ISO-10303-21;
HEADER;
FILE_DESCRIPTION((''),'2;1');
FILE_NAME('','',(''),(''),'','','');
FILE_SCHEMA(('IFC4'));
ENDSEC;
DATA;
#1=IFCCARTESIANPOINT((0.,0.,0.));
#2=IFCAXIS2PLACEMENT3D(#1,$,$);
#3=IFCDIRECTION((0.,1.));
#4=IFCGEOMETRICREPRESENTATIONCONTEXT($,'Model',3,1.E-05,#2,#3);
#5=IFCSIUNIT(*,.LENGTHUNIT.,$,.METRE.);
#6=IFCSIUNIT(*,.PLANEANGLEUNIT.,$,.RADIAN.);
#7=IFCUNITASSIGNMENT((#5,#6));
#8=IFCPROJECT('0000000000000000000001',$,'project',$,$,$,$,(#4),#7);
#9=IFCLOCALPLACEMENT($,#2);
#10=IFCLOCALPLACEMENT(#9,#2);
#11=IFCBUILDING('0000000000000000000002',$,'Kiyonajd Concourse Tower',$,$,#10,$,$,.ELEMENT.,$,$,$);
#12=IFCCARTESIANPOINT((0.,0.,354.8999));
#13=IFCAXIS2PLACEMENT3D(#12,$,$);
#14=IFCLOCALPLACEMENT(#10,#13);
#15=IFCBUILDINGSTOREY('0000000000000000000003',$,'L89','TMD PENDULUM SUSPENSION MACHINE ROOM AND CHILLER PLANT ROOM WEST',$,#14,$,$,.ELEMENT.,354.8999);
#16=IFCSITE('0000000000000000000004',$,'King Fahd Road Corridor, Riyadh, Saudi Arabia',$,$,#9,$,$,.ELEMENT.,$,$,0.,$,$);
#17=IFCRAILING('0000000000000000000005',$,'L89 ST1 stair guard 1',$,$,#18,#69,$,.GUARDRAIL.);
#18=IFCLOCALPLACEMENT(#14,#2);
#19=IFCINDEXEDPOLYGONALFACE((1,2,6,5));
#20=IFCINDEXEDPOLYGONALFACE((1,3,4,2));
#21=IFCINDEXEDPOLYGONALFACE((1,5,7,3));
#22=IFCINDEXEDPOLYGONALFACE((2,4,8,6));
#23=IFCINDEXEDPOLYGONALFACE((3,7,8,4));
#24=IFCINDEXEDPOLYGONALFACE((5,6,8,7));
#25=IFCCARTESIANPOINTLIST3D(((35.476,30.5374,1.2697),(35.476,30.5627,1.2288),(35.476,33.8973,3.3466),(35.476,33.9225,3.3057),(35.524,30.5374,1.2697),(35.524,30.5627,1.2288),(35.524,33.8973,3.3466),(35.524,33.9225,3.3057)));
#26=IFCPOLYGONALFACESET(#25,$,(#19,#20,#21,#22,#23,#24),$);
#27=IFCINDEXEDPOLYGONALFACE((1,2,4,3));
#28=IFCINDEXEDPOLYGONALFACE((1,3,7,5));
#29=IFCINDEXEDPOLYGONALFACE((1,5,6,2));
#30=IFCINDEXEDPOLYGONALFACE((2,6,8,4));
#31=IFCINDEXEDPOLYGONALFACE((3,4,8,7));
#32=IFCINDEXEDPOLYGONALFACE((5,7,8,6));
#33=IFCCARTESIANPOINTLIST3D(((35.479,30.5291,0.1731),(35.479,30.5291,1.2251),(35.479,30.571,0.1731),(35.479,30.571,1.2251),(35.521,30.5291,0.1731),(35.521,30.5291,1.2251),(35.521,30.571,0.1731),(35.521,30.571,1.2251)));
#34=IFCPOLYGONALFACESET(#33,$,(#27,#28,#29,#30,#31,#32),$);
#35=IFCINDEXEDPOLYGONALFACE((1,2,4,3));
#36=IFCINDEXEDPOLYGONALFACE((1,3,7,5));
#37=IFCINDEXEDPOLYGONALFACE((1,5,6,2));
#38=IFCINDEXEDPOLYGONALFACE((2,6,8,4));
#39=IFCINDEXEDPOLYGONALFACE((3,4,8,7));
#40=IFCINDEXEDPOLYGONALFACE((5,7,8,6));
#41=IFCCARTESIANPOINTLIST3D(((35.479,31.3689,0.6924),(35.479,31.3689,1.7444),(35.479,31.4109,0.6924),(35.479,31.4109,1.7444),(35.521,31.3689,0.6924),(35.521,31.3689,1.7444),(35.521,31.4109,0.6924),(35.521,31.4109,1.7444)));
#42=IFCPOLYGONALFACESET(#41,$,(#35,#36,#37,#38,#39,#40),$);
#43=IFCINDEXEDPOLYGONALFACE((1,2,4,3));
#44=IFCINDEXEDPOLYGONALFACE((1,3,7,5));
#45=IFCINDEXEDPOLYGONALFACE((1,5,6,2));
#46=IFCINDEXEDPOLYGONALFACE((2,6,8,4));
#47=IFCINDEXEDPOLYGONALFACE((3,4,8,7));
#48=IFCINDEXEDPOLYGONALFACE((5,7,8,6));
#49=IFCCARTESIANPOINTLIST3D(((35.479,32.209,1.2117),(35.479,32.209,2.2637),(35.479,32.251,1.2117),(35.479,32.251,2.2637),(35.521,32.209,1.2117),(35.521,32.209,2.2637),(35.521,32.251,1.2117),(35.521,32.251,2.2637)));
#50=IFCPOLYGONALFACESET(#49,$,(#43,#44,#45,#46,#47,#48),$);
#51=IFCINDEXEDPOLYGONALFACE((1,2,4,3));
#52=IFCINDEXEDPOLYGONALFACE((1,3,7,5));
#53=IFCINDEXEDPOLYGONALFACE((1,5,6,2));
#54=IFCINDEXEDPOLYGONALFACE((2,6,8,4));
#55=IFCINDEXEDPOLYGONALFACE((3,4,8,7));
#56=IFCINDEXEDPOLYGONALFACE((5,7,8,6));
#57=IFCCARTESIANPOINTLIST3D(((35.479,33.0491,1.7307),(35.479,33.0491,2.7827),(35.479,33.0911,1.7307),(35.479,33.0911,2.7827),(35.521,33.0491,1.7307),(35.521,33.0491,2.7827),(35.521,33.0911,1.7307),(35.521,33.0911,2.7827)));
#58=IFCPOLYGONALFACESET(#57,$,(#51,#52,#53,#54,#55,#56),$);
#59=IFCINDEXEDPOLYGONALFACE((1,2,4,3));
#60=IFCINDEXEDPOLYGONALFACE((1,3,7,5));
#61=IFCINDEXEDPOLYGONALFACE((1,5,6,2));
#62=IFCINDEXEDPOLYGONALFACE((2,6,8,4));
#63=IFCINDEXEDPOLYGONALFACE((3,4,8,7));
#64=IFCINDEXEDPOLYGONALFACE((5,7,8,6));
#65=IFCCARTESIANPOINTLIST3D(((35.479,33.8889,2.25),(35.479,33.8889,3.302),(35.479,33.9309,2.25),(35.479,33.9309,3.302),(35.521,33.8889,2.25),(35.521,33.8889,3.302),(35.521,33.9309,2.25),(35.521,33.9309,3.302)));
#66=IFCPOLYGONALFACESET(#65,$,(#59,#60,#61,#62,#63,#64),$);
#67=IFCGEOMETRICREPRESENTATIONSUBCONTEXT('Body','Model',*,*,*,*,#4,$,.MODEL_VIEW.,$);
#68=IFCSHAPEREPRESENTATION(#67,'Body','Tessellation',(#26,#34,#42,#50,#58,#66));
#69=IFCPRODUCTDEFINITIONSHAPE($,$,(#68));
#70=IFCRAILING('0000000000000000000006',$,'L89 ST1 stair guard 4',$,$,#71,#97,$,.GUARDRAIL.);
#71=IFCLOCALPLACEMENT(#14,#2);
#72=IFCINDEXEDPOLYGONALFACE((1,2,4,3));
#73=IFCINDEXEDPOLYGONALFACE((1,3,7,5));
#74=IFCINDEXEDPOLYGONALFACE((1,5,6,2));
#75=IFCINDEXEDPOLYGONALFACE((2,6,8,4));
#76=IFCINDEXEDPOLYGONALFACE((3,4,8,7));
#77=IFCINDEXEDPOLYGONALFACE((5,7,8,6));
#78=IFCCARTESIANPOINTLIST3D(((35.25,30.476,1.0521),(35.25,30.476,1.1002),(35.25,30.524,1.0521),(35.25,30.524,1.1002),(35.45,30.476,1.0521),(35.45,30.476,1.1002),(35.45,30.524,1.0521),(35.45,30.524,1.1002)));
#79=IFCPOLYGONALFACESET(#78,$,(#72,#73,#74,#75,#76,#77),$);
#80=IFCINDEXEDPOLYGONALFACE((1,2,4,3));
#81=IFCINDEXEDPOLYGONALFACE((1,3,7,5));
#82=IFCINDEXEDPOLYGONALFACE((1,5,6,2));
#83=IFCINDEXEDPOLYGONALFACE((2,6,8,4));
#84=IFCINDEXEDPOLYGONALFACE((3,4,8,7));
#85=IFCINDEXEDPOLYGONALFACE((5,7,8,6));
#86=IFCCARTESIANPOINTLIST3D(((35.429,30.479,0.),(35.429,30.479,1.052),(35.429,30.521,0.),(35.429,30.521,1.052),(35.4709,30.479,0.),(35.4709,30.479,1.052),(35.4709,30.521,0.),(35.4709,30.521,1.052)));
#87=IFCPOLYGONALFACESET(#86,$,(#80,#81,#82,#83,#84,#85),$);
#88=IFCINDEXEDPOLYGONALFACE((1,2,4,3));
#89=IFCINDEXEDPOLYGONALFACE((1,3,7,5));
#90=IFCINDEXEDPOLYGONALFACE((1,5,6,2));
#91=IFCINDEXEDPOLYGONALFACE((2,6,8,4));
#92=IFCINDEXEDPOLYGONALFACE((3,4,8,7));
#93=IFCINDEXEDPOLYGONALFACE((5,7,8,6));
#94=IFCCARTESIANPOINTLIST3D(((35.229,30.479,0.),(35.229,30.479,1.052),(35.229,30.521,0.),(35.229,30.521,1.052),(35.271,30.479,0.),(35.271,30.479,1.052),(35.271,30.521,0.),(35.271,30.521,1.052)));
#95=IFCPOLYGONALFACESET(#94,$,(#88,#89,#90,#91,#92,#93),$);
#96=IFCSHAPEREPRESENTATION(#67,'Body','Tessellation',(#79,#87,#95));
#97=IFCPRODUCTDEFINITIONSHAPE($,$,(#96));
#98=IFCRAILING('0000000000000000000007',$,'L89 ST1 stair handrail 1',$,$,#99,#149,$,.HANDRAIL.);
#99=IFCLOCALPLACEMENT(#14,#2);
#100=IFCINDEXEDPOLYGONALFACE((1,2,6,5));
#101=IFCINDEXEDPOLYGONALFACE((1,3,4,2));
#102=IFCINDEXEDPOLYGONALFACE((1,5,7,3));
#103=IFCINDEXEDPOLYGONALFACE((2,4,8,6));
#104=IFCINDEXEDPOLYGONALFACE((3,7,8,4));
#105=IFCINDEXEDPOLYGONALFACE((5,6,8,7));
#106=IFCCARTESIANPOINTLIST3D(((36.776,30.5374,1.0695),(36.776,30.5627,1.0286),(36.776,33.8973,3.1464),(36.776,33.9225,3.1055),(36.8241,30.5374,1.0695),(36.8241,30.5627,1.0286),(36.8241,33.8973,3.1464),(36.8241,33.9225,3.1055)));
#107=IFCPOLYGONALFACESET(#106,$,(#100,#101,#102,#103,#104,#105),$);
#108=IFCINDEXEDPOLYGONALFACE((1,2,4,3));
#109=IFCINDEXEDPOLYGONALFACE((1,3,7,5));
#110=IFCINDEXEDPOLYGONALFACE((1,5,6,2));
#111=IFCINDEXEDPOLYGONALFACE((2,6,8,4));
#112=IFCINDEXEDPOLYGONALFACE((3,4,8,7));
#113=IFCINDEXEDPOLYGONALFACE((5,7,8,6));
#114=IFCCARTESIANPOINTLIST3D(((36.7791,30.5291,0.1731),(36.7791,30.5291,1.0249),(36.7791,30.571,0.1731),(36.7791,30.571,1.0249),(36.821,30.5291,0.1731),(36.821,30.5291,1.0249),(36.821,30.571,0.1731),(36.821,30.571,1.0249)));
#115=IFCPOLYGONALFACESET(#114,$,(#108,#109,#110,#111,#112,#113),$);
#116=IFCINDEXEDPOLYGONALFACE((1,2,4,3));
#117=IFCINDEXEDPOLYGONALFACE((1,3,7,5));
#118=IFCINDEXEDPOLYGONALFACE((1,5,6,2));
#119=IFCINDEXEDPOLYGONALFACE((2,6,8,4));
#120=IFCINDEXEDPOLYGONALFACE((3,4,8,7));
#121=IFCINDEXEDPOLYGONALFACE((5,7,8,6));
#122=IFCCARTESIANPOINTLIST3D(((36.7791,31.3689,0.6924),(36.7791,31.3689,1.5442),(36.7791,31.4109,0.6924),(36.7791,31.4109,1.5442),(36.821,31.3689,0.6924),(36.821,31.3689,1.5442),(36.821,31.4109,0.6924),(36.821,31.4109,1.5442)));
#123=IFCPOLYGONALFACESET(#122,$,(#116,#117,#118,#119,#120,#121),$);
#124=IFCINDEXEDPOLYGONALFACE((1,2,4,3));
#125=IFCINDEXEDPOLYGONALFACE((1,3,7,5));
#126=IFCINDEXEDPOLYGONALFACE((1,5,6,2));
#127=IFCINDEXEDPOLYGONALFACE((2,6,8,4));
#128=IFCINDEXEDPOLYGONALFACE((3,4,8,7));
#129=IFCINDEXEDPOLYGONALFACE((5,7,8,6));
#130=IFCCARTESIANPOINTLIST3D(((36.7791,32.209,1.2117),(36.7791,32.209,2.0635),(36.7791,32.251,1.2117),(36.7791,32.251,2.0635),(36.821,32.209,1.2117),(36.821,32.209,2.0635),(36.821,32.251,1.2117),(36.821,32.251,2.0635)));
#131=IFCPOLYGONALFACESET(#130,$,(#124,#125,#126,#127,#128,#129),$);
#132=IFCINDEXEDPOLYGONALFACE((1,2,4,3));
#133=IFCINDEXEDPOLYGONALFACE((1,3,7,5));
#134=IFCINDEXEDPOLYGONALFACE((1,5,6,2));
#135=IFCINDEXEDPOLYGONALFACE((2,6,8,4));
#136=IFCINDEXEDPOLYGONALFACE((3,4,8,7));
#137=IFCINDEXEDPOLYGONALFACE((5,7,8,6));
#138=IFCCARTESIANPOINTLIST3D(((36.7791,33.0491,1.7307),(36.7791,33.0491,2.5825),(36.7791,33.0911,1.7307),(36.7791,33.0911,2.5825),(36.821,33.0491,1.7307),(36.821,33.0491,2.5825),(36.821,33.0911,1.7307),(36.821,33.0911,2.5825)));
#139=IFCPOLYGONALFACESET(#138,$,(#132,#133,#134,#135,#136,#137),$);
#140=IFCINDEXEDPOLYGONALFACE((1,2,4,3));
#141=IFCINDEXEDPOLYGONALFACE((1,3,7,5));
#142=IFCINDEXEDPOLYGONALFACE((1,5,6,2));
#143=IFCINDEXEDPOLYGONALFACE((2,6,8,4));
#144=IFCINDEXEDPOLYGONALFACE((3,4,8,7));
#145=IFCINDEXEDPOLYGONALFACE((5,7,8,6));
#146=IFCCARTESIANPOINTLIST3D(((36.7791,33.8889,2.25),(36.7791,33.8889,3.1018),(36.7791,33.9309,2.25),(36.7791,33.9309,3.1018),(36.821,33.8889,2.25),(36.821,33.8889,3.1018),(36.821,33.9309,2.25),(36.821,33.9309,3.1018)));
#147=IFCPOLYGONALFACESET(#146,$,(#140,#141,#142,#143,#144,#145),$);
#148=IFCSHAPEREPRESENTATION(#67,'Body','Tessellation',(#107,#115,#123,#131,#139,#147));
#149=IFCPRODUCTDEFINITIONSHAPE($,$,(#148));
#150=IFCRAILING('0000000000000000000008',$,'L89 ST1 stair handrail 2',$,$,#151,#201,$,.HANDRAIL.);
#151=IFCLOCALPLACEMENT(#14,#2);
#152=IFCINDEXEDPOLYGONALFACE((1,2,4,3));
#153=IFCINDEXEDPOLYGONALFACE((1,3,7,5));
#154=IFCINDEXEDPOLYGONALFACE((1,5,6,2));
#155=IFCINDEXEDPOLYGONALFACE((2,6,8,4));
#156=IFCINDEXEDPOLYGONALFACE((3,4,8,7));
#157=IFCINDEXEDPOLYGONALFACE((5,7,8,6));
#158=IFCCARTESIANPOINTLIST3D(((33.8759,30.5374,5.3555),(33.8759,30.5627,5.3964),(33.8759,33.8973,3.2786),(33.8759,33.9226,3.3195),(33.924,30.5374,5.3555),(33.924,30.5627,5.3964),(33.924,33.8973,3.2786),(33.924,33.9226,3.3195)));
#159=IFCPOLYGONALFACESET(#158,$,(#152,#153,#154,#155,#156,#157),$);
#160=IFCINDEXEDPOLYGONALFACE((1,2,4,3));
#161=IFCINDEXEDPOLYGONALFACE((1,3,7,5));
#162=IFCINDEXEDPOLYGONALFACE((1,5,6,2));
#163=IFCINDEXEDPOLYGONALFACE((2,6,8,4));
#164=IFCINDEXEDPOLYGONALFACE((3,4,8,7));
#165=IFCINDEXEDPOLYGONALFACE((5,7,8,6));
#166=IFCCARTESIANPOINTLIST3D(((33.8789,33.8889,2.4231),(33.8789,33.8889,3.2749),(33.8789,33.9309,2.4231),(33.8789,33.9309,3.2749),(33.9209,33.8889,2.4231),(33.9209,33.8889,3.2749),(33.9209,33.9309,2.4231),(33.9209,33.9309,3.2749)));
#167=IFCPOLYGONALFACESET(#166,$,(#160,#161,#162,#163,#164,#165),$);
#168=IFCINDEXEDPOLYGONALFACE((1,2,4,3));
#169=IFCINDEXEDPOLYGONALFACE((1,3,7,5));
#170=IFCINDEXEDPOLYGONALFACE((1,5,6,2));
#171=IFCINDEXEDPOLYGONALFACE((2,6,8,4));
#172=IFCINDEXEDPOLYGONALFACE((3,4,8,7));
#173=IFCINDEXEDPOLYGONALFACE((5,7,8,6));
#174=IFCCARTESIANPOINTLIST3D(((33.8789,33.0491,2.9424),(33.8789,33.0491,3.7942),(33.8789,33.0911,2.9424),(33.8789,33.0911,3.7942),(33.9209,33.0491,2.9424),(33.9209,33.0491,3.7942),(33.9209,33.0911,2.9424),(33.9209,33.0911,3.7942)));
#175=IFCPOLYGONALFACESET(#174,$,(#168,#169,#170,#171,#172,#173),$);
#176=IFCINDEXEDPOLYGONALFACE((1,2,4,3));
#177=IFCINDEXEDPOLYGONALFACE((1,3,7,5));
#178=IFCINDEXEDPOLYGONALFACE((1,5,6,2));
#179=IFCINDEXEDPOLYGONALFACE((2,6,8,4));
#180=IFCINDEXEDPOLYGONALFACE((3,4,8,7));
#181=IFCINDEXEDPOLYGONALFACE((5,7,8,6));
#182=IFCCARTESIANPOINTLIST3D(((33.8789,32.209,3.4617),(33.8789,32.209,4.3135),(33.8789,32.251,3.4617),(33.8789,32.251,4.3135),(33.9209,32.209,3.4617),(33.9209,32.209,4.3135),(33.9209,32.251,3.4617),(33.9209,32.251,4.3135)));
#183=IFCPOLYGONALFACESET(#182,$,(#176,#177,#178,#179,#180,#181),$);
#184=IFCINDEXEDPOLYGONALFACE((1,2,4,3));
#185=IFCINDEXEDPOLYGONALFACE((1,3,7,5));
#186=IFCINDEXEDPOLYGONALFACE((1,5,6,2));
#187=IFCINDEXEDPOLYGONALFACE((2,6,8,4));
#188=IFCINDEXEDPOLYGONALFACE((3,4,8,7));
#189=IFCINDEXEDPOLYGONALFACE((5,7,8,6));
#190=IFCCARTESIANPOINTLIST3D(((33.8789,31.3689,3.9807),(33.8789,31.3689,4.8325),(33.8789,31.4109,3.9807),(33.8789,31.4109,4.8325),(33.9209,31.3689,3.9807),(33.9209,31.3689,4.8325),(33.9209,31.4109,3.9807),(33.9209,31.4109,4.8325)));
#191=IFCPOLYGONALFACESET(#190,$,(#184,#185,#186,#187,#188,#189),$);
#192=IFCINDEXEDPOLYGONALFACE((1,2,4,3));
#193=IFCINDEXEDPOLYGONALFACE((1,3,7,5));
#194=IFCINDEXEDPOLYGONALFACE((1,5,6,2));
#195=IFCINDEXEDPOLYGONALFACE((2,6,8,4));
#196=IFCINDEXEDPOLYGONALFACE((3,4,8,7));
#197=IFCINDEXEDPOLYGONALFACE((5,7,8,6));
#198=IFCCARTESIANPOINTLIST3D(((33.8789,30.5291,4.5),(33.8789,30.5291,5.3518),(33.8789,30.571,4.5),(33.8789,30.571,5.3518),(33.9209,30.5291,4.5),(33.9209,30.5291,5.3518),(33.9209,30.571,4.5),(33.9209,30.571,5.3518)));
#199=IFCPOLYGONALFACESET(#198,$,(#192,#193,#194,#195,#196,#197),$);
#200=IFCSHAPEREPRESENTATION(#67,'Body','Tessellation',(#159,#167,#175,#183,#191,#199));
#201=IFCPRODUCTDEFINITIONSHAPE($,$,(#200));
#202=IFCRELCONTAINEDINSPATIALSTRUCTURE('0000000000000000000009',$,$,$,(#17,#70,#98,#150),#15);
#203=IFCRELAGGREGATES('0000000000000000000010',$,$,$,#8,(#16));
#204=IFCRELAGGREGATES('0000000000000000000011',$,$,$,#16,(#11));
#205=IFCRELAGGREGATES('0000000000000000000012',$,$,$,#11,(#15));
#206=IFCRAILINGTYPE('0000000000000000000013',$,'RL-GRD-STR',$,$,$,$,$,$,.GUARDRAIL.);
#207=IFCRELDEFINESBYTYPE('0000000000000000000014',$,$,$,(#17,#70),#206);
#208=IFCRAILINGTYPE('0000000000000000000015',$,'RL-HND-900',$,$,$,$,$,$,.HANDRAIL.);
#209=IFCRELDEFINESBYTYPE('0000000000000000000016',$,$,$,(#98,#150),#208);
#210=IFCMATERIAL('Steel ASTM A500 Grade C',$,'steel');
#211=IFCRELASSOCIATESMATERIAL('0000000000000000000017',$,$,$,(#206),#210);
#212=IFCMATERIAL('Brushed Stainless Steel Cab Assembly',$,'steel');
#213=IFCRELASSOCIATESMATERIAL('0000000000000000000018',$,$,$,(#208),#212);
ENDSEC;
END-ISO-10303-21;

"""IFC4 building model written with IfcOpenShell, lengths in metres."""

from ifc_helpers import new_model, si_unit, direction, frame, origin, origin_2d, place, context, subcontext, project, spatial, rectangle, extrude, material, type_object, element, save


model = new_model("IFC4")

# Units and contexts
model_context = context("Model", 3, precision=1e-05, world=origin(), true_north=direction((0.0, 1.0)))
body_context = subcontext(model_context, "Body", "Model", "MODEL_VIEW")
ifc_project = project(units=[si_unit("LENGTHUNIT", "METRE"), si_unit("PLANEANGLEUNIT", "RADIAN")], contexts=[model_context])

# Site, building, storey
site_placement = place(None, origin())
site = spatial("IfcSite", under=ifc_project, at=site_placement, Name="King Fahd Road Corridor, Riyadh, Saudi Arabia", CompositionType="ELEMENT", RefElevation=0.0)
building_placement = place(site_placement, origin())
building = spatial("IfcBuilding", under=site, at=building_placement, Name="Kiyonajd Concourse Tower", CompositionType="ELEMENT")
storey_placement = place(building_placement, frame((0.0, 0.0, 354.8999)))
storey = spatial("IfcBuildingStorey", under=building, at=storey_placement, Name="L89", Description="TMD PENDULUM SUSPENSION MACHINE ROOM AND CHILLER PLANT ROOM WEST", CompositionType="ELEMENT", Elevation=354.8999)

# Shared definitions
ifc_material_1 = material(Name="Steel ASTM A500 Grade C", Category="steel")

# Shared definitions
ifc_material_2 = material(Name="Brushed Stainless Steel Cab Assembly", Category="steel")

# Railings
railing_type_1 = type_object("IfcRailingType", Name="RL-GRD-STR", PredefinedType="GUARDRAIL", material=ifc_material_1)
railing_1_placement = place(storey_placement, frame((35.5, 30.55, 0.1731)))
element("IfcRailing", 1, at=railing_1_placement, inside=storey, type_object=railing_type_1, Name="L89 ST1 stair guard 1", PredefinedType="GUARDRAIL", context=body_context, shape_type="SweptSolid", body=[
    extrude(rectangle(XDim=0.0481, YDim=0.0481, at=origin_2d()), frame((0.0, 0.0, 1.0762), z_axis=(0.0, 0.850606, 0.525803), x_axis=(-1.0, 0.0, 0.0)), (0.0, 0.0, 1.0), 3.95),
    extrude(rectangle(XDim=0.042, YDim=0.042, at=origin_2d()), origin(), (0.0, 0.0, 1.0), 1.052),
    extrude(rectangle(XDim=0.042, YDim=0.042, at=origin_2d()), frame((0.0, 0.8398, 0.5193)), (0.0, 0.0, 1.0), 1.052),
    extrude(rectangle(XDim=0.042, YDim=0.042, at=origin_2d()), frame((0.0, 1.6799, 1.0386)), (0.0, 0.0, 1.0), 1.052),
    extrude(rectangle(XDim=0.042, YDim=0.042, at=origin_2d()), frame((0.0, 2.52, 1.5576)), (0.0, 0.0, 1.0), 1.052),
    extrude(rectangle(XDim=0.042, YDim=0.042, at=origin_2d()), frame((0.0, 3.3599, 2.0769)), (0.0, 0.0, 1.0), 1.052),
])
railing_2_placement = place(storey_placement, frame((35.45, 30.5, 0.0)))
element("IfcRailing", 2, at=railing_2_placement, inside=storey, type_object=railing_type_1, Name="L89 ST1 stair guard 4", PredefinedType="GUARDRAIL", context=body_context, shape_type="SweptSolid", body=[
    extrude(rectangle(XDim=0.0481, YDim=0.0481, at=origin_2d()), frame((0.0, 0.0, 1.0762), z_axis=(-1.0, 0.0, 0.0), x_axis=(0.0, -1.0, 0.0)), (0.0, 0.0, 1.0), 0.2),
    extrude(rectangle(XDim=0.042, YDim=0.042, at=origin_2d()), origin(), (0.0, 0.0, 1.0), 1.052),
    extrude(rectangle(XDim=0.042, YDim=0.042, at=origin_2d()), frame((-0.2, 0.0, 0.0)), (0.0, 0.0, 1.0), 1.052),
])
railing_type_2 = type_object("IfcRailingType", Name="RL-HND-900", PredefinedType="HANDRAIL", material=ifc_material_2)
railing_3_placement = place(storey_placement, frame((36.8, 30.55, 0.1731)))
element("IfcRailing", 3, at=railing_3_placement, inside=storey, type_object=railing_type_2, Name="L89 ST1 stair handrail 1", PredefinedType="HANDRAIL", context=body_context, shape_type="SweptSolid", body=[
    extrude(rectangle(XDim=0.0481, YDim=0.0481, at=origin_2d()), frame((0.0, 0.0, 0.876), z_axis=(0.0, 0.850606, 0.525803), x_axis=(-1.0, 0.0, 0.0)), (0.0, 0.0, 1.0), 3.95),
    extrude(rectangle(XDim=0.042, YDim=0.042, at=origin_2d()), origin(), (0.0, 0.0, 1.0), 0.8518),
    extrude(rectangle(XDim=0.042, YDim=0.042, at=origin_2d()), frame((0.0, 0.8398, 0.5193)), (0.0, 0.0, 1.0), 0.8518),
    extrude(rectangle(XDim=0.042, YDim=0.042, at=origin_2d()), frame((0.0, 1.6799, 1.0386)), (0.0, 0.0, 1.0), 0.8518),
    extrude(rectangle(XDim=0.042, YDim=0.042, at=origin_2d()), frame((0.0, 2.52, 1.5576)), (0.0, 0.0, 1.0), 0.8518),
    extrude(rectangle(XDim=0.042, YDim=0.042, at=origin_2d()), frame((0.0, 3.3599, 2.0769)), (0.0, 0.0, 1.0), 0.8518),
])
railing_4_placement = place(storey_placement, frame((33.8999, 33.9099, 2.4231)))
element("IfcRailing", 4, at=railing_4_placement, inside=storey, type_object=railing_type_2, Name="L89 ST1 stair handrail 2", PredefinedType="HANDRAIL", context=body_context, shape_type="SweptSolid", body=[
    extrude(rectangle(XDim=0.0481, YDim=0.0481, at=origin_2d()), frame((0.0, 0.0, 0.876), z_axis=(0.0, -0.850606, 0.525803), x_axis=(1.0, 0.0, 0.0)), (0.0, 0.0, 1.0), 3.95),
    extrude(rectangle(XDim=0.042, YDim=0.042, at=origin_2d()), origin(), (0.0, 0.0, 1.0), 0.8518),
    extrude(rectangle(XDim=0.042, YDim=0.042, at=origin_2d()), frame((0.0, -0.8398, 0.5193)), (0.0, 0.0, 1.0), 0.8518),
    extrude(rectangle(XDim=0.042, YDim=0.042, at=origin_2d()), frame((0.0, -1.6799, 1.0386)), (0.0, 0.0, 1.0), 0.8518),
    extrude(rectangle(XDim=0.042, YDim=0.042, at=origin_2d()), frame((0.0, -2.52, 1.5576)), (0.0, 0.0, 1.0), 0.8518),
    extrude(rectangle(XDim=0.042, YDim=0.042, at=origin_2d()), frame((0.0, -3.3599, 2.0769)), (0.0, 0.0, 1.0), 0.8518),
])

save(model, "model.ifc")
